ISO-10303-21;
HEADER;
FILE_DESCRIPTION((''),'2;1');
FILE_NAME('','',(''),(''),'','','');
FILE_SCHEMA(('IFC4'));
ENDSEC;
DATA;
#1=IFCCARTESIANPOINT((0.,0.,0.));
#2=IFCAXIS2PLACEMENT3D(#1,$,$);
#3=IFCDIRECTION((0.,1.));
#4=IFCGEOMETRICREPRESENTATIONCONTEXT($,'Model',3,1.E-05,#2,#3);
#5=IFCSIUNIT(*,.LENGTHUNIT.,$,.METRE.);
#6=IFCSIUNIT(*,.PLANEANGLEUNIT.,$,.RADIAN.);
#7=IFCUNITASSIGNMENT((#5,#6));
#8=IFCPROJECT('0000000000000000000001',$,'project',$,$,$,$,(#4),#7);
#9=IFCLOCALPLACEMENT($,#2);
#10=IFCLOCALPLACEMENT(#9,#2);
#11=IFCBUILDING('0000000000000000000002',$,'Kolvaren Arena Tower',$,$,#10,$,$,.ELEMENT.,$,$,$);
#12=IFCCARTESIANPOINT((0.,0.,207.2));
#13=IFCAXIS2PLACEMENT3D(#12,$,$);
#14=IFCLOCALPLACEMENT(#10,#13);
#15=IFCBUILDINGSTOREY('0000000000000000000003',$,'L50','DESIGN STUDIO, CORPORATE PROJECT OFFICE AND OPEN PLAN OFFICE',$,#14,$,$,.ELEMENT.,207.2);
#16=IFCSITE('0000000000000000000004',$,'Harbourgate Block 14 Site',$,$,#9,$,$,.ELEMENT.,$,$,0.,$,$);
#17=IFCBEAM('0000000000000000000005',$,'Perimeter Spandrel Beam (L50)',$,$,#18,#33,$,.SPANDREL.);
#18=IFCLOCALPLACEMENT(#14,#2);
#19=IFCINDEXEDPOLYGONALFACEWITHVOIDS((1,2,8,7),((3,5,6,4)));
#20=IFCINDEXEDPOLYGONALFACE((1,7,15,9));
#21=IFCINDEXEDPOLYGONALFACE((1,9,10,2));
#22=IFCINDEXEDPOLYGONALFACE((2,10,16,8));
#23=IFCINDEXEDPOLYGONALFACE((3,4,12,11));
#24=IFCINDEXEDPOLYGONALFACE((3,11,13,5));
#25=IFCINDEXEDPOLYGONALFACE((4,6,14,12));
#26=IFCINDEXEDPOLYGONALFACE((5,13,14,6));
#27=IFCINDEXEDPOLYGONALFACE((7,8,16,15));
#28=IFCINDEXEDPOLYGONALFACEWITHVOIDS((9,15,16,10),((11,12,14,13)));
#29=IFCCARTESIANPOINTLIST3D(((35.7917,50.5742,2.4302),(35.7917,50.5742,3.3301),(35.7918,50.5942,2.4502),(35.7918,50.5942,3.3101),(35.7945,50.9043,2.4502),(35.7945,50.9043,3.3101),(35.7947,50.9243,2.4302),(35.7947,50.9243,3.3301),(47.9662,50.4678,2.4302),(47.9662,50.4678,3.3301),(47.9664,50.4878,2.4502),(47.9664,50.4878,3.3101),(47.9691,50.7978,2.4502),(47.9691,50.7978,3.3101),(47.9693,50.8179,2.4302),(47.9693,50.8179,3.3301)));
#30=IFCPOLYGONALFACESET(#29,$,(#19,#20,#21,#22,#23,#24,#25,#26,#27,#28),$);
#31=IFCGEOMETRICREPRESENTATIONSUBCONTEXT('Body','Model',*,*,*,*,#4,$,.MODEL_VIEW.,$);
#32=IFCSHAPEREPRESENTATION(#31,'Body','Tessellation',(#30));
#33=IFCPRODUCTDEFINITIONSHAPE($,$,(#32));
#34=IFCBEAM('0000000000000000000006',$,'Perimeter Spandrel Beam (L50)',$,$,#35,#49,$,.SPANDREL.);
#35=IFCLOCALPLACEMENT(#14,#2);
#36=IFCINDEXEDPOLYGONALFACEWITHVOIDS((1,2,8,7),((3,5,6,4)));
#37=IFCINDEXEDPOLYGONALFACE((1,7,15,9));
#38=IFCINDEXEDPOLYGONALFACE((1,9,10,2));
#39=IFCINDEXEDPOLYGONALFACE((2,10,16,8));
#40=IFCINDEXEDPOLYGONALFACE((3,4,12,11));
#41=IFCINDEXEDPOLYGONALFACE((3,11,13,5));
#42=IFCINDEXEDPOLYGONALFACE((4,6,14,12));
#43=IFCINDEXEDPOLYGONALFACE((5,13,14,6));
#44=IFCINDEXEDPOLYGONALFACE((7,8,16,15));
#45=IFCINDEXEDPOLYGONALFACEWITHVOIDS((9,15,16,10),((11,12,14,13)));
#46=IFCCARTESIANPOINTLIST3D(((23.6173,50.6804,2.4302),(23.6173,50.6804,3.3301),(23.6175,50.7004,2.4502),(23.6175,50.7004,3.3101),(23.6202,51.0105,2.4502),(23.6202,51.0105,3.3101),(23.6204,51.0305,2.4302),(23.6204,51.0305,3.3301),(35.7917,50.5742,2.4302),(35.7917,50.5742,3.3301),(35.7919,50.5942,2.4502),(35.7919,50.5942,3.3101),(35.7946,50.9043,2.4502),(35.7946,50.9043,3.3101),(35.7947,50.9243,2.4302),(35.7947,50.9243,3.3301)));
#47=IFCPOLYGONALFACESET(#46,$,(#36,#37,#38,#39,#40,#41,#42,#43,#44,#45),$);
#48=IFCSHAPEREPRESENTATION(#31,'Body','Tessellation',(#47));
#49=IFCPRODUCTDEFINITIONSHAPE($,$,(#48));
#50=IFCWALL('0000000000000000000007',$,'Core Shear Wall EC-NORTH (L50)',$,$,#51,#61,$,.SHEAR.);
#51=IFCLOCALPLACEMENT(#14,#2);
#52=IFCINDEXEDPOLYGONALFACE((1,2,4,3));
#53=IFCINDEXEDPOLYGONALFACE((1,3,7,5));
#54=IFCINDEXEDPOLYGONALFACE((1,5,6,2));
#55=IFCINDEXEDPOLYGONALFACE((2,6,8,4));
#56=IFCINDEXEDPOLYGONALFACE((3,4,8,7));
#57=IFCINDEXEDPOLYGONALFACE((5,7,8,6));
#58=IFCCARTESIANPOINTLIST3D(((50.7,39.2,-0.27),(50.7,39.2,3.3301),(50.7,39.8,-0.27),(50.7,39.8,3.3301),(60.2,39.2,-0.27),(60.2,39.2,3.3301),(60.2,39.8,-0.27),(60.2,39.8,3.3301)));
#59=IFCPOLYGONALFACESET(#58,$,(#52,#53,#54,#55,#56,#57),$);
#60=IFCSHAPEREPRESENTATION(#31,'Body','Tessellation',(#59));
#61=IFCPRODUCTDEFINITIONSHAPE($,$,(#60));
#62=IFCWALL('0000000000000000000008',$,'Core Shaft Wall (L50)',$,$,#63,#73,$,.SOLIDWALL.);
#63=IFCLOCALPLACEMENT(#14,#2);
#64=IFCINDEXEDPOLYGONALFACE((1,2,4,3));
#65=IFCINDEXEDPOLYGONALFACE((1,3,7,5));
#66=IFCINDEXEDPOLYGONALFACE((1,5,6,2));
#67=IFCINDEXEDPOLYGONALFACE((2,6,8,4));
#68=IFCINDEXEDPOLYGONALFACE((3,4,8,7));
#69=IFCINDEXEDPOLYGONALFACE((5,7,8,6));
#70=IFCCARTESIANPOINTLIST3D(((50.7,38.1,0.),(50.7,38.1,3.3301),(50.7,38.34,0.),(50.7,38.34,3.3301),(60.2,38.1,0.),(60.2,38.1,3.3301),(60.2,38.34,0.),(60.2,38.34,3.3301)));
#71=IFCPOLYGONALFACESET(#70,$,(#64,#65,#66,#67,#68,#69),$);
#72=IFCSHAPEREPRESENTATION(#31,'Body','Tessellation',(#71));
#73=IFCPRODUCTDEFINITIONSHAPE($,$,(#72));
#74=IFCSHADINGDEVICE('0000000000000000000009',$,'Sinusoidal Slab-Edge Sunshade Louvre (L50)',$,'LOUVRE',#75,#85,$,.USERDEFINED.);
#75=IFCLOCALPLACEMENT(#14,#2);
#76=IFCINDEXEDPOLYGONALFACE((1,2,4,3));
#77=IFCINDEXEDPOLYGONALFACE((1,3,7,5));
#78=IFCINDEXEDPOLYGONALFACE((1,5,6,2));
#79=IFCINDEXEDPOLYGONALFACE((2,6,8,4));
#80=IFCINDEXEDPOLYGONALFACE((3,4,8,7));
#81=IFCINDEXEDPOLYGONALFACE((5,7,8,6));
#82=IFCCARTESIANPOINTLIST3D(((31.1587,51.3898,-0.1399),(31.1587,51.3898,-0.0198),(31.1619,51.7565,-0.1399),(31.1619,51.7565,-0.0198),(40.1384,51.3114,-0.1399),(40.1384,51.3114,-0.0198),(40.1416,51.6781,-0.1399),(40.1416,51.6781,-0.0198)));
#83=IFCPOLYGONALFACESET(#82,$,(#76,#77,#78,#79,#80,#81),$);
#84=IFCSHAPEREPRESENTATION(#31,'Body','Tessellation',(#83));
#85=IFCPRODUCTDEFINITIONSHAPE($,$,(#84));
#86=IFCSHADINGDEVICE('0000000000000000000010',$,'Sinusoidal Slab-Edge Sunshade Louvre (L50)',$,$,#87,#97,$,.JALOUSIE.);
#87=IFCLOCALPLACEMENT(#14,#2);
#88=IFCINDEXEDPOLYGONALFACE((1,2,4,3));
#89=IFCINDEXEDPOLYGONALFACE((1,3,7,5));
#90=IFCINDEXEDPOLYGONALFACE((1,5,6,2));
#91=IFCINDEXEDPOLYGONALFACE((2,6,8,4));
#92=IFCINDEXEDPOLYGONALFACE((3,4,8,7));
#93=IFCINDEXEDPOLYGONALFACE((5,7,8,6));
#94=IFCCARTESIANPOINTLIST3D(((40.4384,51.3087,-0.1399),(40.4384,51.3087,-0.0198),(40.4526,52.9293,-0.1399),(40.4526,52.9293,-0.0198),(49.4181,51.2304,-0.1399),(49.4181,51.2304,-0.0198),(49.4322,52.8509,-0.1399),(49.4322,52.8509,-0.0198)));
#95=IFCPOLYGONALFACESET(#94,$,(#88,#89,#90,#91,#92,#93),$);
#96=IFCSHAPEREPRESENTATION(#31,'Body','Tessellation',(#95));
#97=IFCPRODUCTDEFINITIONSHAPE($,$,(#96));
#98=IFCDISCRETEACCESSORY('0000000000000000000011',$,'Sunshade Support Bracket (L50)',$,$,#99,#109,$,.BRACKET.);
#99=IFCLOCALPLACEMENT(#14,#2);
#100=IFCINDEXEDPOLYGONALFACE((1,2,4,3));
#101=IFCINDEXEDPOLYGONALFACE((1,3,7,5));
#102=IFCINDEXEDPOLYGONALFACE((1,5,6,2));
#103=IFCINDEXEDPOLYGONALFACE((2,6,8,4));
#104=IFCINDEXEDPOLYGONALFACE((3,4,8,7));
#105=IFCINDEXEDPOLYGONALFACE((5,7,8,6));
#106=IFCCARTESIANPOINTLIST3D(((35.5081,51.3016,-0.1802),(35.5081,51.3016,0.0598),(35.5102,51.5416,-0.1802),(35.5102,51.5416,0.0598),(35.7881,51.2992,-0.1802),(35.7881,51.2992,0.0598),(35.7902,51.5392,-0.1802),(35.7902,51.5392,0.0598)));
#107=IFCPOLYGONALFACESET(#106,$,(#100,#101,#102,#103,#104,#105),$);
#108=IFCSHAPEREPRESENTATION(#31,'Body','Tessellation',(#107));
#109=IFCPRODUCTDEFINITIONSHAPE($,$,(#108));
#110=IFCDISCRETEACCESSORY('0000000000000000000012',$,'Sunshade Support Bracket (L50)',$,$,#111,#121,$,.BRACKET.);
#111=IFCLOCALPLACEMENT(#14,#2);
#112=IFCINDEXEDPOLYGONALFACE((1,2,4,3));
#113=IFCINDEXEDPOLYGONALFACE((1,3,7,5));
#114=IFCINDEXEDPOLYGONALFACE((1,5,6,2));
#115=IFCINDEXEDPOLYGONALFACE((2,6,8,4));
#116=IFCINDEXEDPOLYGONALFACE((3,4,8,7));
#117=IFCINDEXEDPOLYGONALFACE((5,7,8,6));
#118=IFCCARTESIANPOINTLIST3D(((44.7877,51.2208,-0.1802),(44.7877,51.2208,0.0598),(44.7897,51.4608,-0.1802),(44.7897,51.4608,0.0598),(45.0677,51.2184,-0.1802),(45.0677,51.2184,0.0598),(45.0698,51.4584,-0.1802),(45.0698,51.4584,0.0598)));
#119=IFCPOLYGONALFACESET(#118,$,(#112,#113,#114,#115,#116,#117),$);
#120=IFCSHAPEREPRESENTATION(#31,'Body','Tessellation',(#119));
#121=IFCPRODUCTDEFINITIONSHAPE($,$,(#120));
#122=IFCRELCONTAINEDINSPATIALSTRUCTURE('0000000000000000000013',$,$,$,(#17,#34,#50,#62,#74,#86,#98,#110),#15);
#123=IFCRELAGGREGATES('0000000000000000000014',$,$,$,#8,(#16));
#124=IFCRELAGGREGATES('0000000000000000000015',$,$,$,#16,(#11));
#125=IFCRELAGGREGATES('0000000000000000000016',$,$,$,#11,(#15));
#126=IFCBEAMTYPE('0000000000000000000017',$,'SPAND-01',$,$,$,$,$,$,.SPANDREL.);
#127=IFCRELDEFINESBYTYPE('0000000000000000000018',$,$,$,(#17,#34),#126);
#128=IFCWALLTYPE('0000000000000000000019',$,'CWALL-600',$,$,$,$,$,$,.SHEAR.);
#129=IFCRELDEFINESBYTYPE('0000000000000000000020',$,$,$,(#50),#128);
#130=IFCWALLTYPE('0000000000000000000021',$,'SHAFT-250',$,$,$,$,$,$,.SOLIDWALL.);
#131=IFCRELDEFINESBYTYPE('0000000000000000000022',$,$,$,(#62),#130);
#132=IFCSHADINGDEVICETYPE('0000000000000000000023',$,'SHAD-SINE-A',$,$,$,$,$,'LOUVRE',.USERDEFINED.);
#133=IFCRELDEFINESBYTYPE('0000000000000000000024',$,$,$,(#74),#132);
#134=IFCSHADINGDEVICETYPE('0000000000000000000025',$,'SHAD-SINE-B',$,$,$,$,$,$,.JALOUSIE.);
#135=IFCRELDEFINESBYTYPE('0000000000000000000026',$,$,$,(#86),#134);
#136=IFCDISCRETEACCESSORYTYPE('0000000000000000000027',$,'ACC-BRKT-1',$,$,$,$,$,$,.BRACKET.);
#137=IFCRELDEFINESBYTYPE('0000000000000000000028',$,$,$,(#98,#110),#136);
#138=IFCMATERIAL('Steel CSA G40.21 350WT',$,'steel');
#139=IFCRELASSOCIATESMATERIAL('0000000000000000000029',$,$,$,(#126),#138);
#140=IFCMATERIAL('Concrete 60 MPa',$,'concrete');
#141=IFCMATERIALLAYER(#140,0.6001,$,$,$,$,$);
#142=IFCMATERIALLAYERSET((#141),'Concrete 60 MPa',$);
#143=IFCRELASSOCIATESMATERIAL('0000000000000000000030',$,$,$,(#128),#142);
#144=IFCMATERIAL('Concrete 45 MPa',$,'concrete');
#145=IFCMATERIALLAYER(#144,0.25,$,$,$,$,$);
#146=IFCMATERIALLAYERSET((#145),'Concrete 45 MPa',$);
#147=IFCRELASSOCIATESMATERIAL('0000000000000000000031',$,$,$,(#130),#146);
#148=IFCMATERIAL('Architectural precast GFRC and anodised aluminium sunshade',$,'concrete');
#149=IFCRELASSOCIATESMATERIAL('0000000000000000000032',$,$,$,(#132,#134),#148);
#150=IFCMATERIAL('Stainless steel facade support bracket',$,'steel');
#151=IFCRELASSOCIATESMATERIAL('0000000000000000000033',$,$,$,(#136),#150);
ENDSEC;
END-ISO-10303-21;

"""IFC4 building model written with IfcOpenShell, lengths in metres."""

from ifc_helpers import new_model, si_unit, direction, frame, frame_2d, origin, origin_2d, place, context, subcontext, project, spatial, rectangle, hollow_rectangle, extrude, material, layer, layer_set, material_profile, profile_set, type_object, element, save


model = new_model("IFC4")

# Units and contexts
model_context = context("Model", 3, precision=1e-05, world=origin(), true_north=direction((0.0, 1.0)))
body_context = subcontext(model_context, "Body", "Model", "MODEL_VIEW")
ifc_project = project(units=[si_unit("LENGTHUNIT", "METRE"), si_unit("PLANEANGLEUNIT", "RADIAN")], contexts=[model_context])

# Site, building, storey
site_placement = place(None, origin())
site = spatial("IfcSite", under=ifc_project, at=site_placement, Name="Harbourgate Block 14 Site", CompositionType="ELEMENT", RefElevation=0.0)
building_placement = place(site_placement, origin())
building = spatial("IfcBuilding", under=site, at=building_placement, Name="Kolvaren Arena Tower", CompositionType="ELEMENT")
storey_placement = place(building_placement, frame((0.0, 0.0, 207.2)))
storey = spatial("IfcBuildingStorey", under=building, at=storey_placement, Name="L50", Description="DESIGN STUDIO, CORPORATE PROJECT OFFICE AND OPEN PLAN OFFICE", CompositionType="ELEMENT", Elevation=207.2)

# Beams
ifc_material_1 = material(Name="Steel CSA G40.21 350WT", Category="steel")
ifc_material_profile_1 = material_profile(ifc_material_1, hollow_rectangle(XDim=0.3501, YDim=0.8999, WallThickness=0.02, at=origin_2d()), Name="HSS 900x350x20")
ifc_profile_set_1 = profile_set([ifc_material_profile_1], Name="Steel CSA G40.21 350WT")
beam_type_1 = type_object("IfcBeamType", Name="SPAND-01", PredefinedType="SPANDREL", material=ifc_profile_set_1)
beam_1_placement = place(storey_placement, frame((47.9678, 50.6428, 2.8801), z_axis=(-0.999962, 0.008743, 0.0), x_axis=(-0.008743, -0.999962, 0.0)))
element("IfcBeam", 1, at=beam_1_placement, inside=storey, type_object=beam_type_1, Name="Perimeter Spandrel Beam (L50)", PredefinedType="SPANDREL", context=body_context, shape_type="SweptSolid", body=[
    extrude(hollow_rectangle(XDim=0.3501, YDim=0.8999, WallThickness=0.02, at=origin_2d()), origin(), (0.0, 0.0, 1.0), 12.175),
])
beam_2_placement = place(storey_placement, frame((35.7932, 50.7493, 2.8801), z_axis=(-0.999962, 0.008723, 0.0), x_axis=(-0.008723, -0.999962, 0.0)))
element("IfcBeam", 2, at=beam_2_placement, inside=storey, type_object=beam_type_1, Name="Perimeter Spandrel Beam (L50)", PredefinedType="SPANDREL", context=body_context, shape_type="SweptSolid", body=[
    extrude(hollow_rectangle(XDim=0.3501, YDim=0.8999, WallThickness=0.02, at=origin_2d()), origin(), (0.0, 0.0, 1.0), 12.1748),
])

# Walls
ifc_material_2 = material(Name="Concrete 60 MPa", Category="concrete")
ifc_layer_1 = layer(ifc_material_2, 0.6001)
ifc_layer_set_1 = layer_set([ifc_layer_1], Name="Concrete 60 MPa")
wall_type_1 = type_object("IfcWallType", Name="CWALL-600", PredefinedType="SHEAR", material=ifc_layer_set_1)
wall_1_placement = place(storey_placement, frame((50.7, 39.5, -0.27), z_axis=(0.0, 0.0, 1.0), x_axis=(1.0, 0.0, 0.0)))
element("IfcWall", 3, at=wall_1_placement, inside=storey, type_object=wall_type_1, Name="Core Shear Wall EC-NORTH (L50)", PredefinedType="SHEAR", context=body_context, shape_type="SweptSolid", body=[
    extrude(rectangle(XDim=9.5, YDim=0.6001, at=frame_2d((4.75, 0.0))), origin(), (0.0, 0.0, 1.0), 3.6001),
])
ifc_material_3 = material(Name="Concrete 45 MPa", Category="concrete")
ifc_layer_2 = layer(ifc_material_3, 0.25)
ifc_layer_set_2 = layer_set([ifc_layer_2], Name="Concrete 45 MPa")
wall_type_2 = type_object("IfcWallType", Name="SHAFT-250", PredefinedType="SOLIDWALL", material=ifc_layer_set_2)
wall_2_placement = place(storey_placement, frame((50.7, 38.22, 0.0), z_axis=(0.0, 0.0, 1.0), x_axis=(1.0, 0.0, 0.0)))
element("IfcWall", 4, at=wall_2_placement, inside=storey, type_object=wall_type_2, Name="Core Shaft Wall (L50)", PredefinedType="SOLIDWALL", context=body_context, shape_type="SweptSolid", body=[
    extrude(rectangle(XDim=9.5, YDim=0.24, at=frame_2d((4.75, 0.0))), origin(), (0.0, 0.0, 1.0), 3.3301),
])

# Shading devices
ifc_material_4 = material(Name="Architectural precast GFRC and anodised aluminium sunshade", Category="concrete")
shading_device_type_1 = type_object("IfcShadingDeviceType", Name="SHAD-SINE-A", ElementType="LOUVRE", PredefinedType="USERDEFINED", material=ifc_material_4)
shading_device_1_placement = place(storey_placement, frame((35.6501, 51.5339, -0.1399), z_axis=(0.0, 0.0, 1.0), x_axis=(0.999962, -0.008727, 0.0)))
element("IfcShadingDevice", 5, at=shading_device_1_placement, inside=storey, type_object=shading_device_type_1, Name="Sinusoidal Slab-Edge Sunshade Louvre (L50)", ObjectType="LOUVRE", PredefinedType="USERDEFINED", context=body_context, shape_type="SweptSolid", body=[
    extrude(rectangle(XDim=8.98, YDim=0.3667, at=origin_2d()), origin(), (0.0, 0.0, 1.0), 0.1201),
])
shading_device_type_2 = type_object("IfcShadingDeviceType", Name="SHAD-SINE-B", PredefinedType="JALOUSIE", material=ifc_material_4)
shading_device_2_placement = place(storey_placement, frame((44.9353, 52.0798, -0.1399), z_axis=(0.0, 0.0, 1.0), x_axis=(0.999962, -0.008727, 0.0)))
element("IfcShadingDevice", 6, at=shading_device_2_placement, inside=storey, type_object=shading_device_type_2, Name="Sinusoidal Slab-Edge Sunshade Louvre (L50)", PredefinedType="JALOUSIE", context=body_context, shape_type="SweptSolid", body=[
    extrude(rectangle(XDim=8.98, YDim=1.6206, at=origin_2d()), origin(), (0.0, 0.0, 1.0), 0.1201),
])

# Discrete accessories
ifc_material_5 = material(Name="Stainless steel facade support bracket", Category="steel")
discrete_accessory_type = type_object("IfcDiscreteAccessoryType", Name="ACC-BRKT-1", PredefinedType="BRACKET", material=ifc_material_5)
for number, where, z_axis, x_axis, name in (
    (7, (35.6492, 51.4204, -0.1802), (0.0, 0.0, 1.0), (0.999962, -0.008727, 0.0), "Sunshade Support Bracket (L50)"),
    (8, (44.9287, 51.3396, -0.1802), (0.0, 0.0, 1.0), (0.999962, -0.008727, 0.0), "Sunshade Support Bracket (L50)"),
):
    element("IfcDiscreteAccessory", number, at=place(storey_placement, frame(where, z_axis=z_axis, x_axis=x_axis)), inside=storey, type_object=discrete_accessory_type, Name=name, PredefinedType="BRACKET", context=body_context, shape_type="SweptSolid", body=[
        extrude(rectangle(XDim=0.28, YDim=0.24, at=origin_2d()), origin(), (0.0, 0.0, 1.0), 0.24),
    ])

save(model, "model.ifc")
